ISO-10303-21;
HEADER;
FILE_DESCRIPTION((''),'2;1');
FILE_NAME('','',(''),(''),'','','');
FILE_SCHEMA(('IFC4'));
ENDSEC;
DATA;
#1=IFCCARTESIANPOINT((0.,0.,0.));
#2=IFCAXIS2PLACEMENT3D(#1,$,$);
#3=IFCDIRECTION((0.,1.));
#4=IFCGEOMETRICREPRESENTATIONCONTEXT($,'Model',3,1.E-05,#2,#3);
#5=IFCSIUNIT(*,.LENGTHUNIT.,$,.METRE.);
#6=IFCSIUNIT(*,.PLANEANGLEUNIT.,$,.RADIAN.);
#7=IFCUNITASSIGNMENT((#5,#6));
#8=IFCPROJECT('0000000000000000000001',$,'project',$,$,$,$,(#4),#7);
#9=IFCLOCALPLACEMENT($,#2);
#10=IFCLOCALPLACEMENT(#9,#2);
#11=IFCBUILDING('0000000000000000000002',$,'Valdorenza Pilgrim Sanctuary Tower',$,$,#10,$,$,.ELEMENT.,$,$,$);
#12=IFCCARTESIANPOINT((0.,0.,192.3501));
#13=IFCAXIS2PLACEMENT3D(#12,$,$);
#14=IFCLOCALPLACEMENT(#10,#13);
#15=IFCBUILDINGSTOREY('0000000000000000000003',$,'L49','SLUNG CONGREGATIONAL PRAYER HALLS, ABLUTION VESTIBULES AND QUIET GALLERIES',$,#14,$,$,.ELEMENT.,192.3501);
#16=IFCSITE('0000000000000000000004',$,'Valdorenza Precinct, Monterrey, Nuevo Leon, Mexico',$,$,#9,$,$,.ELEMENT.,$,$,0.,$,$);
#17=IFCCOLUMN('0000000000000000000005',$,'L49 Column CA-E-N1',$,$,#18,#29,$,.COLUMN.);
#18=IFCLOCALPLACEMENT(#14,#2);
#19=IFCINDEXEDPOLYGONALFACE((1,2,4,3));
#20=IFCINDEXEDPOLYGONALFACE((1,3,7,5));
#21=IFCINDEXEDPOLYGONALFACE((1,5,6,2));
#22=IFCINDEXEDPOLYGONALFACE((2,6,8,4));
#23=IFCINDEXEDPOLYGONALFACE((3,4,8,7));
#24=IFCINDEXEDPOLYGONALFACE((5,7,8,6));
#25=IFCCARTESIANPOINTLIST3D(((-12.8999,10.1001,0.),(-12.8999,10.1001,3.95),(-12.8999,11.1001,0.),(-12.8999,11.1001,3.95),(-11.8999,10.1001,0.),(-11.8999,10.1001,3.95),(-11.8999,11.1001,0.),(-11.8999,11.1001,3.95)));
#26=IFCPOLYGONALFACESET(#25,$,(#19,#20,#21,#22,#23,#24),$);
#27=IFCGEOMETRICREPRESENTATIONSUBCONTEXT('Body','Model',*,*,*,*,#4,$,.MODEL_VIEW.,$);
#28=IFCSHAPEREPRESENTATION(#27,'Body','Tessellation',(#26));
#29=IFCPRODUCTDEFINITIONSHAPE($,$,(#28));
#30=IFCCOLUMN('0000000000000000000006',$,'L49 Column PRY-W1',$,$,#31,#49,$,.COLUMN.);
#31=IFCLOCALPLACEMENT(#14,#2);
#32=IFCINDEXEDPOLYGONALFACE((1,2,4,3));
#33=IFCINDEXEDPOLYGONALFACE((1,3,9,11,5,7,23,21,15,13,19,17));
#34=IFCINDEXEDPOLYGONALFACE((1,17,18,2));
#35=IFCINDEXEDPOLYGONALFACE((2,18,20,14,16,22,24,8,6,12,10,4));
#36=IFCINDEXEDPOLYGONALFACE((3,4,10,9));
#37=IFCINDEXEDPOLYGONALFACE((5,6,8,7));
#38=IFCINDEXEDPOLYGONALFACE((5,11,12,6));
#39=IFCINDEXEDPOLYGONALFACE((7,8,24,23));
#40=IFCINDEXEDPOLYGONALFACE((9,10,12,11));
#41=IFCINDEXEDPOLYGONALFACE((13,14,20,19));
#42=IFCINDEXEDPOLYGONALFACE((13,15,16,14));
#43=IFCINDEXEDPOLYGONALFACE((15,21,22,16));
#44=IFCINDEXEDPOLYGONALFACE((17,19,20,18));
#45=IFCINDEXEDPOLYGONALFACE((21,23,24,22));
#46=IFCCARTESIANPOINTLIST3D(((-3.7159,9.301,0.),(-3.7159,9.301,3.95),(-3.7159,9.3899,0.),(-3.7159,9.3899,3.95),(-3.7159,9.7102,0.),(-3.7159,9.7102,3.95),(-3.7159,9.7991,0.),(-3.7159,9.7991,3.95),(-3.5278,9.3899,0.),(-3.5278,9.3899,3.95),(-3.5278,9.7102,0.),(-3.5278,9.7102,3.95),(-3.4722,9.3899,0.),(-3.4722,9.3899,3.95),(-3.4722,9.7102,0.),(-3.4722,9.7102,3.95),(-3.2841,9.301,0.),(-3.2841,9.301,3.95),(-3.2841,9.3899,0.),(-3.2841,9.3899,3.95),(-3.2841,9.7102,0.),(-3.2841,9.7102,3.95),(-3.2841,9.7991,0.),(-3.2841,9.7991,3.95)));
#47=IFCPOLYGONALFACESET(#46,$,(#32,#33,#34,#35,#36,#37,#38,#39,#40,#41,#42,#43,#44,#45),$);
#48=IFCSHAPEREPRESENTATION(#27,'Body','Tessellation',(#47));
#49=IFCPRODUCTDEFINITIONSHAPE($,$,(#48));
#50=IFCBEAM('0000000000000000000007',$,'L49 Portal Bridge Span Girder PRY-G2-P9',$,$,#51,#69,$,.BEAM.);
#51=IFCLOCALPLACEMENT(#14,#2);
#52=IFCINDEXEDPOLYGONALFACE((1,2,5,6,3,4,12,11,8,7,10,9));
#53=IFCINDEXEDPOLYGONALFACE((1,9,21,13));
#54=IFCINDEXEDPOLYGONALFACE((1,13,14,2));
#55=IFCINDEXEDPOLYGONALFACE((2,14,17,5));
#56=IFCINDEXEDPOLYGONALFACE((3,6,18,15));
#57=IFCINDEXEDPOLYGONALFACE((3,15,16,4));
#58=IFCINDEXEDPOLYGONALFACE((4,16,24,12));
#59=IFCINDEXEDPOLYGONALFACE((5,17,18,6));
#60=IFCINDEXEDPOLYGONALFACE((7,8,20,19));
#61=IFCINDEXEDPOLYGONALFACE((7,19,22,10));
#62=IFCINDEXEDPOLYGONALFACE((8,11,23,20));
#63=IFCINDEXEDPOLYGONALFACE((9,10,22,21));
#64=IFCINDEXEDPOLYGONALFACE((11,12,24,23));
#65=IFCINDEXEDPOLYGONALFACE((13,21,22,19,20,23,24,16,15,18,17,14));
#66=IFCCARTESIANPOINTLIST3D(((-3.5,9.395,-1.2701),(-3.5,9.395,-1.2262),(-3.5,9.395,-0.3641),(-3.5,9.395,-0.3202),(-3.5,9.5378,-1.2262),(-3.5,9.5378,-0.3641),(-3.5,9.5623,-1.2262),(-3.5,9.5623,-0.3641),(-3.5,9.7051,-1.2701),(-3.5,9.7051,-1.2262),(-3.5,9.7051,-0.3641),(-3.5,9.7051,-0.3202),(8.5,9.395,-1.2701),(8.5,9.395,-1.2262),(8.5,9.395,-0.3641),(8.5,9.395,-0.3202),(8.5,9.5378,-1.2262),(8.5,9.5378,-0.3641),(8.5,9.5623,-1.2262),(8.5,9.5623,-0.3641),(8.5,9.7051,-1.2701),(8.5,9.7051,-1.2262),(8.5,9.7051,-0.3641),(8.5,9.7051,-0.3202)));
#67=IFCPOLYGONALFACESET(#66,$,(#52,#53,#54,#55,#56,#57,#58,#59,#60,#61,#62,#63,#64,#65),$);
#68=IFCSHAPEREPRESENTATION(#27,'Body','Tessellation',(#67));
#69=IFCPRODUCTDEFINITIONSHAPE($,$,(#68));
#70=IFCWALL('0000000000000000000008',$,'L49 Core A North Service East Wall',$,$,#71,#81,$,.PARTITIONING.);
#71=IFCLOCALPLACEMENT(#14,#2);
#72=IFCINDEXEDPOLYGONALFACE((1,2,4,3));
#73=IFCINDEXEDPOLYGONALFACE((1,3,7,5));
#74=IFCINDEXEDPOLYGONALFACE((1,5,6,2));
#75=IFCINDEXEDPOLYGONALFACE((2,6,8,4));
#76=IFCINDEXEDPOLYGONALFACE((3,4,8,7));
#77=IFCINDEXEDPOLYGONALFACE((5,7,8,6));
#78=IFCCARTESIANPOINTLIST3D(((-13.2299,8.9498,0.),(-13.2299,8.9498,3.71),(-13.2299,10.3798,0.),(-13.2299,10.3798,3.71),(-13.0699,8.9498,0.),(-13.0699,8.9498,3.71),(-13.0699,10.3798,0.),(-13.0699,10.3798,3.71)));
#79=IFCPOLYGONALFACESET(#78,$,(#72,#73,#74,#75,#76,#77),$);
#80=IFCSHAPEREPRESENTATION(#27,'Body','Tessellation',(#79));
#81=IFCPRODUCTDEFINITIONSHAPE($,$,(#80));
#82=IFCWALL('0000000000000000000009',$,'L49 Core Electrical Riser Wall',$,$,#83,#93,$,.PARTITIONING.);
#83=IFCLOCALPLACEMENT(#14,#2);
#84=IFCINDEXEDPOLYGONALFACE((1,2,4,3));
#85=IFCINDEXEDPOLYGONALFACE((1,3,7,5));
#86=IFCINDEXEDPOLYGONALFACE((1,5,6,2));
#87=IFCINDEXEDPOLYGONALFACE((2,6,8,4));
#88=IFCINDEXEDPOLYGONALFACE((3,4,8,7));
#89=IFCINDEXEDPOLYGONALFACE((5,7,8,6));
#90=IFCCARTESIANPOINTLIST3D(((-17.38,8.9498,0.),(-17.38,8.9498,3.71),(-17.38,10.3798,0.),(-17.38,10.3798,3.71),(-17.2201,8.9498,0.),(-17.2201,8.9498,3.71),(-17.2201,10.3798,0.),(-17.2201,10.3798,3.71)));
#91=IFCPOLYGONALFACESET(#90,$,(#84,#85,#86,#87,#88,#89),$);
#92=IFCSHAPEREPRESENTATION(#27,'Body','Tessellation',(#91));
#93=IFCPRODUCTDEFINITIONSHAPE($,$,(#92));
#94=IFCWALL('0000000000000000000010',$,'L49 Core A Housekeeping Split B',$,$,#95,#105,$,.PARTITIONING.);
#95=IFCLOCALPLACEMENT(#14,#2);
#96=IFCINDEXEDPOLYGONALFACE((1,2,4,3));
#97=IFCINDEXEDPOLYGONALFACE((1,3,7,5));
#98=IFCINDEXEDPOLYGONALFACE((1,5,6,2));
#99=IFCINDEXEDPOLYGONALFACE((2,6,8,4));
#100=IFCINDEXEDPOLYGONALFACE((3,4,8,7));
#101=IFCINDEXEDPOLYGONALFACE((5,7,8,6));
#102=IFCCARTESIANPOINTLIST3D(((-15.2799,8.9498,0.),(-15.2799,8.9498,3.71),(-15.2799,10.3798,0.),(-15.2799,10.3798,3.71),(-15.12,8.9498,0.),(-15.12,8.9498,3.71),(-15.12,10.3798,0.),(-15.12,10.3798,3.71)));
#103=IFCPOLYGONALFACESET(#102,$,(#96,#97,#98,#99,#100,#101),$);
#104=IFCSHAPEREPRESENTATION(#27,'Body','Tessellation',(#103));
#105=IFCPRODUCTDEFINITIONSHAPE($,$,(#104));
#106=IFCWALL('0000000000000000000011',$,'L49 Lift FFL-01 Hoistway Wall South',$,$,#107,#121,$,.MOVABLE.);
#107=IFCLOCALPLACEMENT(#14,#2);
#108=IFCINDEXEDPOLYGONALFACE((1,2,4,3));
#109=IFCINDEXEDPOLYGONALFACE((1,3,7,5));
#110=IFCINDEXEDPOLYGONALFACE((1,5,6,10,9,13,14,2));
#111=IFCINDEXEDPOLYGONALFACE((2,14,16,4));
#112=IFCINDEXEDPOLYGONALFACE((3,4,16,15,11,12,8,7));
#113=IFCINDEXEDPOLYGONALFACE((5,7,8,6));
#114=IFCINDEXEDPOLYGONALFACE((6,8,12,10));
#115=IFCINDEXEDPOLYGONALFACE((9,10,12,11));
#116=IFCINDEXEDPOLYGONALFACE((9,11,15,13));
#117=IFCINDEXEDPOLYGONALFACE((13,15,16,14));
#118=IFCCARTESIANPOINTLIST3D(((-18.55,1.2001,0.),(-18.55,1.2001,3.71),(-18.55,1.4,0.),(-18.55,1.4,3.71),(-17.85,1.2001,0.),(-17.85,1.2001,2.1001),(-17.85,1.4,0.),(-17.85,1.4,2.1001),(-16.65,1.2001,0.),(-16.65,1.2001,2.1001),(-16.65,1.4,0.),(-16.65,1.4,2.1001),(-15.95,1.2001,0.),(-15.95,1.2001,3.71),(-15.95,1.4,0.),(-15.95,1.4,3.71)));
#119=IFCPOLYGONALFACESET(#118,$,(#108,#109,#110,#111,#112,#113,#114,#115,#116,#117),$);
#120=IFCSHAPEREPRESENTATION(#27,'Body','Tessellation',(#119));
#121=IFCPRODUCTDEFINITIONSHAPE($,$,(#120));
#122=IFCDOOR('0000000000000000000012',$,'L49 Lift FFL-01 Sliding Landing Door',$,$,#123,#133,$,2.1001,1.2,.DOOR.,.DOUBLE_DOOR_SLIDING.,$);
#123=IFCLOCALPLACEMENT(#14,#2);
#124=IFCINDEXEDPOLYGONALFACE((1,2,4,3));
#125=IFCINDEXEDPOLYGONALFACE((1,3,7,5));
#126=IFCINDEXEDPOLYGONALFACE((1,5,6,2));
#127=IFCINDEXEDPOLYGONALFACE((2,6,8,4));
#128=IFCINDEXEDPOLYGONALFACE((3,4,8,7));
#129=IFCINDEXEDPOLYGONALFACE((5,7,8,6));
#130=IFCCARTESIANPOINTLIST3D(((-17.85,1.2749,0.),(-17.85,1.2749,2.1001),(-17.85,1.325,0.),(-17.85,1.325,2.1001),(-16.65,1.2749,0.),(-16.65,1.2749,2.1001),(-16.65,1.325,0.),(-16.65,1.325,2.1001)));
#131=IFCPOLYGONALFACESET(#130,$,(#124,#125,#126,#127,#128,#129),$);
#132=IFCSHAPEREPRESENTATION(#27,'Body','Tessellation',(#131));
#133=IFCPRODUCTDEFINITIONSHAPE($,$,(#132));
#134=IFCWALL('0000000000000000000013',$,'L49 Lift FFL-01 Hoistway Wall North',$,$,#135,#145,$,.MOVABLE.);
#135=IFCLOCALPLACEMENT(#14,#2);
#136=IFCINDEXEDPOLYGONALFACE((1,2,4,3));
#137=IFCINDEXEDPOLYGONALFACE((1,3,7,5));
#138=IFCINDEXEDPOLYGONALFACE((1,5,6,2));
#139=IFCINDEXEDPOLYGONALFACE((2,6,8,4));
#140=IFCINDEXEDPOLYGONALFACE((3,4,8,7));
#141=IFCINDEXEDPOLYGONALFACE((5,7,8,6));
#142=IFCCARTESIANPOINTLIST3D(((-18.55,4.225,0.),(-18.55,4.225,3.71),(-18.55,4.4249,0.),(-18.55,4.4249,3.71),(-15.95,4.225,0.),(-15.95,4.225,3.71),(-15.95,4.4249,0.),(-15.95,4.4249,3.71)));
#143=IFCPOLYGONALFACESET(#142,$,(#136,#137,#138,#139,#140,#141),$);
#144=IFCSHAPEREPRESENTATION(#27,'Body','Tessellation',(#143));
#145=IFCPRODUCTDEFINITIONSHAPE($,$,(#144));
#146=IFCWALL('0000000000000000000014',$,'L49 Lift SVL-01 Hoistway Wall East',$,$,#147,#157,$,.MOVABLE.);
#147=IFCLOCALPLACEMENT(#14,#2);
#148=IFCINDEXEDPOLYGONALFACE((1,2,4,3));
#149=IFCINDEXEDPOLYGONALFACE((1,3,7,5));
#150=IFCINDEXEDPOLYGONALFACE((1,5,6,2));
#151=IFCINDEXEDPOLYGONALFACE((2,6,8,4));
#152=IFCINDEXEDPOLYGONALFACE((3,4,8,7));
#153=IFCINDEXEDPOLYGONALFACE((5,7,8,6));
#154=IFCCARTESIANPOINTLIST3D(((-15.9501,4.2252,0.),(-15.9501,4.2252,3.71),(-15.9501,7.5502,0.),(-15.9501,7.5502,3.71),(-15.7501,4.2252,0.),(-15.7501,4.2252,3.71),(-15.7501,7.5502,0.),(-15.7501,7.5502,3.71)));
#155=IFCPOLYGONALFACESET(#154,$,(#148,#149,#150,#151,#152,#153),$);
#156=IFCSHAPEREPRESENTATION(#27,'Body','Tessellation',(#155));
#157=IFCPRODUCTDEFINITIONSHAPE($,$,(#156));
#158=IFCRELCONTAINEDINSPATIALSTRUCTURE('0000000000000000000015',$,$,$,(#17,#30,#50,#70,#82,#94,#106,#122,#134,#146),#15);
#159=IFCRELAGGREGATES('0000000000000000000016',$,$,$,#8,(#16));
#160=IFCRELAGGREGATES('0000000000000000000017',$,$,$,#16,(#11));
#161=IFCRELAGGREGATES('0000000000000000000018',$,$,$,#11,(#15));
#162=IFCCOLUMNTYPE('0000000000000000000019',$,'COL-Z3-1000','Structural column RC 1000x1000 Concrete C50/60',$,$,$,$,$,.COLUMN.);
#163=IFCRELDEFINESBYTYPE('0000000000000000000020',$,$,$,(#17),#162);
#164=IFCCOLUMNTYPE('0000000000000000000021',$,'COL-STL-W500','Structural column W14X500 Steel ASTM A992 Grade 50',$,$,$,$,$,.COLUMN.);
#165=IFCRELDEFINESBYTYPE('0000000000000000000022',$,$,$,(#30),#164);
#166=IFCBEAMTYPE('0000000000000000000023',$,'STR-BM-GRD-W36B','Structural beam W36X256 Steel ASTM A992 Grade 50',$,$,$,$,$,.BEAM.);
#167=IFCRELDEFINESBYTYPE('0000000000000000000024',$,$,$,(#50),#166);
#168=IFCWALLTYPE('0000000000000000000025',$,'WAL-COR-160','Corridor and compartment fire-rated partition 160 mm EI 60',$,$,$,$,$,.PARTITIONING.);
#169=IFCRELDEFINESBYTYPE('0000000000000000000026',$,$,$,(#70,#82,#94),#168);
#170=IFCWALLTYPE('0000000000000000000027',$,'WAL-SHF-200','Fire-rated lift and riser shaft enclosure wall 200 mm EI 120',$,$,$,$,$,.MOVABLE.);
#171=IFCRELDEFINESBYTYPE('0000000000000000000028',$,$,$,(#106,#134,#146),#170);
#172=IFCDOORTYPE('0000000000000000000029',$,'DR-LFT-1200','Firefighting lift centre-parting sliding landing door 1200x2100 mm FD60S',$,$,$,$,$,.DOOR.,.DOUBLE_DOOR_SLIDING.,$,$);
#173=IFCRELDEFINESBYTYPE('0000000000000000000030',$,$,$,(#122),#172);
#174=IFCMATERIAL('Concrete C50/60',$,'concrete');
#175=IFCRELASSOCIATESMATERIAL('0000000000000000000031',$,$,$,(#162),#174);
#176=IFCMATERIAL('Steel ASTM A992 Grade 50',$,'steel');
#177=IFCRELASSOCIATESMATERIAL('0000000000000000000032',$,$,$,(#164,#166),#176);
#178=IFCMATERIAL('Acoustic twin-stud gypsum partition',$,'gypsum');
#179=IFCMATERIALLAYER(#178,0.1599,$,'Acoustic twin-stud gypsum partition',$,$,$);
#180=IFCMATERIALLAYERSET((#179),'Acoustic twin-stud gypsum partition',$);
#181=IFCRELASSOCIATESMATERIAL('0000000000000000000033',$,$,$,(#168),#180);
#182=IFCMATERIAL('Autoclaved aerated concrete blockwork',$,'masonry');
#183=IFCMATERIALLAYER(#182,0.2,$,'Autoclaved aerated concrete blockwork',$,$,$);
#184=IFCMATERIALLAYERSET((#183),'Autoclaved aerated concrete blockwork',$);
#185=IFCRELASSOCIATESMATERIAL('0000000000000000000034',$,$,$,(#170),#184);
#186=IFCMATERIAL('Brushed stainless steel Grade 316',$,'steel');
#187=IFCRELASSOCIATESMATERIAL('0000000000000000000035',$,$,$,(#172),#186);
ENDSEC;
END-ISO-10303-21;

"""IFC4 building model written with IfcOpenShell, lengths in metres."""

from ifc_helpers import new_model, si_unit, direction, frame, frame_2d, origin, origin_2d, place, context, subcontext, project, spatial, rectangle, i_section, extrude, source, transform, mapped, material, layer, layer_set, material_profile, profile_set, type_object, element, fill, save


model = new_model("IFC4")

# Units and contexts
model_context = context("Model", 3, precision=1e-05, world=origin(), true_north=direction((0.0, 1.0)))
body_context = subcontext(model_context, "Body", "Model", "MODEL_VIEW")
ifc_project = project(units=[si_unit("LENGTHUNIT", "METRE"), si_unit("PLANEANGLEUNIT", "RADIAN")], contexts=[model_context])

# Site, building, storey
site_placement = place(None, origin())
site = spatial("IfcSite", under=ifc_project, at=site_placement, Name="Valdorenza Precinct, Monterrey, Nuevo Leon, Mexico", CompositionType="ELEMENT", RefElevation=0.0)
building_placement = place(site_placement, origin())
building = spatial("IfcBuilding", under=site, at=building_placement, Name="Valdorenza Pilgrim Sanctuary Tower", CompositionType="ELEMENT")
storey_placement = place(building_placement, frame((0.0, 0.0, 192.3501)))
storey = spatial("IfcBuildingStorey", under=building, at=storey_placement, Name="L49", Description="SLUNG CONGREGATIONAL PRAYER HALLS, ABLUTION VESTIBULES AND QUIET GALLERIES", CompositionType="ELEMENT", Elevation=192.3501)

# Columns
ifc_material_1 = material(Name="Concrete C50/60", Category="concrete")
ifc_material_profile_1 = material_profile(ifc_material_1, rectangle(XDim=1.0, YDim=1.0, at=origin_2d()), Name="RC 1000x1000")
ifc_profile_set_1 = profile_set([ifc_material_profile_1], Name="Concrete C50/60")
column_type_1 = type_object("IfcColumnType", Name="COL-Z3-1000", Description="Structural column RC 1000x1000 Concrete C50/60", PredefinedType="COLUMN", material=ifc_profile_set_1)
shared_shape_1 = source(origin(), body_context, "Body", "SweptSolid", [
    extrude(rectangle(XDim=1.0, YDim=1.0, at=origin_2d()), origin(), (0.0, 0.0, 1.0), 3.95),
])
column_1_placement = place(storey_placement, frame((-12.3999, 10.6001, 0.0), z_axis=(0.0, 0.0, 1.0), x_axis=(1.0, 0.0, 0.0)))
element("IfcColumn", 1, at=column_1_placement, inside=storey, type_object=column_type_1, Name="L49 Column CA-E-N1", PredefinedType="COLUMN", context=body_context, shape_type="MappedRepresentation", body=[
    mapped(shared_shape_1, transform((0.0, 0.0, 0.0), x_axis=(1.0, 0.0, 0.0), y_axis=(0.0, 1.0, 0.0), z_axis=(0.0, 0.0, 1.0), scale=1.0)),
])
ifc_material_2 = material(Name="Steel ASTM A992 Grade 50", Category="steel")
ifc_material_profile_2 = material_profile(ifc_material_2, i_section(OverallWidth=0.4319, OverallDepth=0.498, WebThickness=0.0557, FlangeThickness=0.0889, at=origin_2d()), Name="W14X500")
ifc_profile_set_2 = profile_set([ifc_material_profile_2], Name="Steel ASTM A992 Grade 50")
column_type_2 = type_object("IfcColumnType", Name="COL-STL-W500", Description="Structural column W14X500 Steel ASTM A992 Grade 50", PredefinedType="COLUMN", material=ifc_profile_set_2)
shared_shape_2 = source(origin(), body_context, "Body", "SweptSolid", [
    extrude(i_section(OverallWidth=0.4319, OverallDepth=0.498, WebThickness=0.0557, FlangeThickness=0.0889, at=origin_2d()), origin(), (0.0, 0.0, 1.0), 3.95),
])
column_2_placement = place(storey_placement, frame((-3.5, 9.55, 0.0), z_axis=(0.0, 0.0, 1.0), x_axis=(1.0, 0.0, 0.0)))
element("IfcColumn", 2, at=column_2_placement, inside=storey, type_object=column_type_2, Name="L49 Column PRY-W1", PredefinedType="COLUMN", context=body_context, shape_type="MappedRepresentation", body=[
    mapped(shared_shape_2, transform((0.0, 0.0, 0.0), x_axis=(1.0, 0.0, 0.0), y_axis=(0.0, 1.0, 0.0), z_axis=(0.0, 0.0, 1.0), scale=1.0)),
])

# Beam
ifc_material_profile_3 = material_profile(ifc_material_2, i_section(OverallWidth=0.3101, OverallDepth=0.95, WebThickness=0.0244, FlangeThickness=0.0439, at=origin_2d()), Name="W36X256")
ifc_profile_set_3 = profile_set([ifc_material_profile_3], Name="Steel ASTM A992 Grade 50")
beam_type = type_object("IfcBeamType", Name="STR-BM-GRD-W36B", Description="Structural beam W36X256 Steel ASTM A992 Grade 50", PredefinedType="BEAM", material=ifc_profile_set_3)
shared_shape_3 = source(origin(), body_context, "Body", "SweptSolid", [
    extrude(i_section(OverallWidth=0.3101, OverallDepth=0.95, WebThickness=0.0244, FlangeThickness=0.0439, at=origin_2d()), origin(), (0.0, 0.0, 1.0), 12.0),
])
beam_placement = place(storey_placement, frame((-3.5, 9.55, -0.7952), z_axis=(1.0, 0.0, 0.0), x_axis=(0.0, 1.0, 0.0)))
element("IfcBeam", 3, at=beam_placement, inside=storey, type_object=beam_type, Name="L49 Portal Bridge Span Girder PRY-G2-P9", PredefinedType="BEAM", context=body_context, shape_type="MappedRepresentation", body=[
    mapped(shared_shape_3, transform((0.0, 0.0, 0.0), x_axis=(1.0, 0.0, 0.0), y_axis=(0.0, 1.0, 0.0), z_axis=(0.0, 0.0, 1.0), scale=1.0)),
])

# Walls
ifc_material_3 = material(Name="Acoustic twin-stud gypsum partition", Category="gypsum")
ifc_layer_1 = layer(ifc_material_3, 0.1599, Name="Acoustic twin-stud gypsum partition")
ifc_layer_set_1 = layer_set([ifc_layer_1], Name="Acoustic twin-stud gypsum partition")
wall_type_1 = type_object("IfcWallType", Name="WAL-COR-160", Description="Corridor and compartment fire-rated partition 160 mm EI 60", PredefinedType="PARTITIONING", material=ifc_layer_set_1)
for number, where, z_axis, x_axis, name in (
    (4, (-13.1499, 8.95, 0.0), (0.0, 0.0, 1.0), (0.0, 1.0, 0.0), "L49 Core A North Service East Wall"),
    (5, (-17.3, 8.95, 0.0), (0.0, 0.0, 1.0), (0.0, 1.0, 0.0), "L49 Core Electrical Riser Wall"),
    (6, (-15.2, 8.95, 0.0), (0.0, 0.0, 1.0), (0.0, 1.0, 0.0), "L49 Core A Housekeeping Split B"),
):
    element("IfcWall", number, at=place(storey_placement, frame(where, z_axis=z_axis, x_axis=x_axis)), inside=storey, type_object=wall_type_1, Name=name, PredefinedType="PARTITIONING", context=body_context, shape_type="SweptSolid", body=[
        extrude(rectangle(XDim=1.4299, YDim=0.1599, at=frame_2d((0.7148, 0.0))), origin(), (0.0, 0.0, 1.0), 3.71),
    ])

# Wall, opening, door
ifc_material_4 = material(Name="Autoclaved aerated concrete blockwork", Category="masonry")
ifc_layer_2 = layer(ifc_material_4, 0.2, Name="Autoclaved aerated concrete blockwork")
ifc_layer_set_2 = layer_set([ifc_layer_2], Name="Autoclaved aerated concrete blockwork")
wall_type_2 = type_object("IfcWallType", Name="WAL-SHF-200", Description="Fire-rated lift and riser shaft enclosure wall 200 mm EI 120", PredefinedType="MOVABLE", material=ifc_layer_set_2)
wall_1_placement = place(storey_placement, frame((-18.55, 1.3, 0.0), z_axis=(0.0, 0.0, 1.0), x_axis=(1.0, 0.0, 0.0)))
wall_1 = element("IfcWall", 7, at=wall_1_placement, inside=storey, type_object=wall_type_2, Name="L49 Lift FFL-01 Hoistway Wall South", PredefinedType="MOVABLE", context=body_context, shape_type="SweptSolid", body=[
    extrude(rectangle(XDim=2.6001, YDim=0.2, at=frame_2d((1.3, 0.0))), origin(), (0.0, 0.0, 1.0), 3.71),
])
opening_1_placement = place(wall_1_placement, frame((0.7, 0.0, 0.0)))
opening_1 = element("IfcOpeningElement", 8, at=opening_1_placement, cuts=wall_1, PredefinedType="OPENING", context=body_context, shape_type="SweptSolid", body=[
    extrude(rectangle(XDim=1.2, YDim=2.1001, at=frame_2d((0.6001, 1.05))), frame((0.0, 0.1147, 0.0), z_axis=(0.0, -1.0, 0.0), x_axis=(1.0, 0.0, 0.0)), (0.0, 0.0, 1.0), 0.2297),
])
ifc_material_5 = material(Name="Brushed stainless steel Grade 316", Category="steel")
door_type = type_object("IfcDoorType", Name="DR-LFT-1200", Description="Firefighting lift centre-parting sliding landing door 1200x2100 mm FD60S", OperationType="DOUBLE_DOOR_SLIDING", PredefinedType="DOOR", material=ifc_material_5)
door_1_placement = place(opening_1_placement, origin())
door_1 = element("IfcDoor", 9, at=door_1_placement, inside=storey, type_object=door_type, Name="L49 Lift FFL-01 Sliding Landing Door", OperationType="DOUBLE_DOOR_SLIDING", OverallHeight=2.1001, OverallWidth=1.2, PredefinedType="DOOR", context=body_context, shape_type="SweptSolid", body=[
    extrude(rectangle(XDim=1.2, YDim=2.1001, at=frame_2d((0.6001, 1.05))), frame((0.0, 0.0249, 0.0), z_axis=(0.0, -1.0, 0.0), x_axis=(1.0, 0.0, 0.0)), (0.0, 0.0, 1.0), 0.05),
])
fill(opening_1, door_1)

# Walls
wall_2_placement = place(storey_placement, frame((-18.55, 4.325, 0.0), z_axis=(0.0, 0.0, 1.0), x_axis=(1.0, 0.0, 0.0)))
element("IfcWall", 10, at=wall_2_placement, inside=storey, type_object=wall_type_2, Name="L49 Lift FFL-01 Hoistway Wall North", PredefinedType="MOVABLE", context=body_context, shape_type="SweptSolid", body=[
    extrude(rectangle(XDim=2.6001, YDim=0.2, at=frame_2d((1.3, 0.0))), origin(), (0.0, 0.0, 1.0), 3.71),
])
wall_3_placement = place(storey_placement, frame((-15.8501, 4.2251, 0.0), z_axis=(0.0, 0.0, 1.0), x_axis=(0.0, 1.0, 0.0)))
element("IfcWall", 11, at=wall_3_placement, inside=storey, type_object=wall_type_2, Name="L49 Lift SVL-01 Hoistway Wall East", PredefinedType="MOVABLE", context=body_context, shape_type="SweptSolid", body=[
    extrude(rectangle(XDim=3.325, YDim=0.2, at=frame_2d((1.6626, 0.0))), origin(), (0.0, 0.0, 1.0), 3.71),
])

save(model, "model.ifc")
